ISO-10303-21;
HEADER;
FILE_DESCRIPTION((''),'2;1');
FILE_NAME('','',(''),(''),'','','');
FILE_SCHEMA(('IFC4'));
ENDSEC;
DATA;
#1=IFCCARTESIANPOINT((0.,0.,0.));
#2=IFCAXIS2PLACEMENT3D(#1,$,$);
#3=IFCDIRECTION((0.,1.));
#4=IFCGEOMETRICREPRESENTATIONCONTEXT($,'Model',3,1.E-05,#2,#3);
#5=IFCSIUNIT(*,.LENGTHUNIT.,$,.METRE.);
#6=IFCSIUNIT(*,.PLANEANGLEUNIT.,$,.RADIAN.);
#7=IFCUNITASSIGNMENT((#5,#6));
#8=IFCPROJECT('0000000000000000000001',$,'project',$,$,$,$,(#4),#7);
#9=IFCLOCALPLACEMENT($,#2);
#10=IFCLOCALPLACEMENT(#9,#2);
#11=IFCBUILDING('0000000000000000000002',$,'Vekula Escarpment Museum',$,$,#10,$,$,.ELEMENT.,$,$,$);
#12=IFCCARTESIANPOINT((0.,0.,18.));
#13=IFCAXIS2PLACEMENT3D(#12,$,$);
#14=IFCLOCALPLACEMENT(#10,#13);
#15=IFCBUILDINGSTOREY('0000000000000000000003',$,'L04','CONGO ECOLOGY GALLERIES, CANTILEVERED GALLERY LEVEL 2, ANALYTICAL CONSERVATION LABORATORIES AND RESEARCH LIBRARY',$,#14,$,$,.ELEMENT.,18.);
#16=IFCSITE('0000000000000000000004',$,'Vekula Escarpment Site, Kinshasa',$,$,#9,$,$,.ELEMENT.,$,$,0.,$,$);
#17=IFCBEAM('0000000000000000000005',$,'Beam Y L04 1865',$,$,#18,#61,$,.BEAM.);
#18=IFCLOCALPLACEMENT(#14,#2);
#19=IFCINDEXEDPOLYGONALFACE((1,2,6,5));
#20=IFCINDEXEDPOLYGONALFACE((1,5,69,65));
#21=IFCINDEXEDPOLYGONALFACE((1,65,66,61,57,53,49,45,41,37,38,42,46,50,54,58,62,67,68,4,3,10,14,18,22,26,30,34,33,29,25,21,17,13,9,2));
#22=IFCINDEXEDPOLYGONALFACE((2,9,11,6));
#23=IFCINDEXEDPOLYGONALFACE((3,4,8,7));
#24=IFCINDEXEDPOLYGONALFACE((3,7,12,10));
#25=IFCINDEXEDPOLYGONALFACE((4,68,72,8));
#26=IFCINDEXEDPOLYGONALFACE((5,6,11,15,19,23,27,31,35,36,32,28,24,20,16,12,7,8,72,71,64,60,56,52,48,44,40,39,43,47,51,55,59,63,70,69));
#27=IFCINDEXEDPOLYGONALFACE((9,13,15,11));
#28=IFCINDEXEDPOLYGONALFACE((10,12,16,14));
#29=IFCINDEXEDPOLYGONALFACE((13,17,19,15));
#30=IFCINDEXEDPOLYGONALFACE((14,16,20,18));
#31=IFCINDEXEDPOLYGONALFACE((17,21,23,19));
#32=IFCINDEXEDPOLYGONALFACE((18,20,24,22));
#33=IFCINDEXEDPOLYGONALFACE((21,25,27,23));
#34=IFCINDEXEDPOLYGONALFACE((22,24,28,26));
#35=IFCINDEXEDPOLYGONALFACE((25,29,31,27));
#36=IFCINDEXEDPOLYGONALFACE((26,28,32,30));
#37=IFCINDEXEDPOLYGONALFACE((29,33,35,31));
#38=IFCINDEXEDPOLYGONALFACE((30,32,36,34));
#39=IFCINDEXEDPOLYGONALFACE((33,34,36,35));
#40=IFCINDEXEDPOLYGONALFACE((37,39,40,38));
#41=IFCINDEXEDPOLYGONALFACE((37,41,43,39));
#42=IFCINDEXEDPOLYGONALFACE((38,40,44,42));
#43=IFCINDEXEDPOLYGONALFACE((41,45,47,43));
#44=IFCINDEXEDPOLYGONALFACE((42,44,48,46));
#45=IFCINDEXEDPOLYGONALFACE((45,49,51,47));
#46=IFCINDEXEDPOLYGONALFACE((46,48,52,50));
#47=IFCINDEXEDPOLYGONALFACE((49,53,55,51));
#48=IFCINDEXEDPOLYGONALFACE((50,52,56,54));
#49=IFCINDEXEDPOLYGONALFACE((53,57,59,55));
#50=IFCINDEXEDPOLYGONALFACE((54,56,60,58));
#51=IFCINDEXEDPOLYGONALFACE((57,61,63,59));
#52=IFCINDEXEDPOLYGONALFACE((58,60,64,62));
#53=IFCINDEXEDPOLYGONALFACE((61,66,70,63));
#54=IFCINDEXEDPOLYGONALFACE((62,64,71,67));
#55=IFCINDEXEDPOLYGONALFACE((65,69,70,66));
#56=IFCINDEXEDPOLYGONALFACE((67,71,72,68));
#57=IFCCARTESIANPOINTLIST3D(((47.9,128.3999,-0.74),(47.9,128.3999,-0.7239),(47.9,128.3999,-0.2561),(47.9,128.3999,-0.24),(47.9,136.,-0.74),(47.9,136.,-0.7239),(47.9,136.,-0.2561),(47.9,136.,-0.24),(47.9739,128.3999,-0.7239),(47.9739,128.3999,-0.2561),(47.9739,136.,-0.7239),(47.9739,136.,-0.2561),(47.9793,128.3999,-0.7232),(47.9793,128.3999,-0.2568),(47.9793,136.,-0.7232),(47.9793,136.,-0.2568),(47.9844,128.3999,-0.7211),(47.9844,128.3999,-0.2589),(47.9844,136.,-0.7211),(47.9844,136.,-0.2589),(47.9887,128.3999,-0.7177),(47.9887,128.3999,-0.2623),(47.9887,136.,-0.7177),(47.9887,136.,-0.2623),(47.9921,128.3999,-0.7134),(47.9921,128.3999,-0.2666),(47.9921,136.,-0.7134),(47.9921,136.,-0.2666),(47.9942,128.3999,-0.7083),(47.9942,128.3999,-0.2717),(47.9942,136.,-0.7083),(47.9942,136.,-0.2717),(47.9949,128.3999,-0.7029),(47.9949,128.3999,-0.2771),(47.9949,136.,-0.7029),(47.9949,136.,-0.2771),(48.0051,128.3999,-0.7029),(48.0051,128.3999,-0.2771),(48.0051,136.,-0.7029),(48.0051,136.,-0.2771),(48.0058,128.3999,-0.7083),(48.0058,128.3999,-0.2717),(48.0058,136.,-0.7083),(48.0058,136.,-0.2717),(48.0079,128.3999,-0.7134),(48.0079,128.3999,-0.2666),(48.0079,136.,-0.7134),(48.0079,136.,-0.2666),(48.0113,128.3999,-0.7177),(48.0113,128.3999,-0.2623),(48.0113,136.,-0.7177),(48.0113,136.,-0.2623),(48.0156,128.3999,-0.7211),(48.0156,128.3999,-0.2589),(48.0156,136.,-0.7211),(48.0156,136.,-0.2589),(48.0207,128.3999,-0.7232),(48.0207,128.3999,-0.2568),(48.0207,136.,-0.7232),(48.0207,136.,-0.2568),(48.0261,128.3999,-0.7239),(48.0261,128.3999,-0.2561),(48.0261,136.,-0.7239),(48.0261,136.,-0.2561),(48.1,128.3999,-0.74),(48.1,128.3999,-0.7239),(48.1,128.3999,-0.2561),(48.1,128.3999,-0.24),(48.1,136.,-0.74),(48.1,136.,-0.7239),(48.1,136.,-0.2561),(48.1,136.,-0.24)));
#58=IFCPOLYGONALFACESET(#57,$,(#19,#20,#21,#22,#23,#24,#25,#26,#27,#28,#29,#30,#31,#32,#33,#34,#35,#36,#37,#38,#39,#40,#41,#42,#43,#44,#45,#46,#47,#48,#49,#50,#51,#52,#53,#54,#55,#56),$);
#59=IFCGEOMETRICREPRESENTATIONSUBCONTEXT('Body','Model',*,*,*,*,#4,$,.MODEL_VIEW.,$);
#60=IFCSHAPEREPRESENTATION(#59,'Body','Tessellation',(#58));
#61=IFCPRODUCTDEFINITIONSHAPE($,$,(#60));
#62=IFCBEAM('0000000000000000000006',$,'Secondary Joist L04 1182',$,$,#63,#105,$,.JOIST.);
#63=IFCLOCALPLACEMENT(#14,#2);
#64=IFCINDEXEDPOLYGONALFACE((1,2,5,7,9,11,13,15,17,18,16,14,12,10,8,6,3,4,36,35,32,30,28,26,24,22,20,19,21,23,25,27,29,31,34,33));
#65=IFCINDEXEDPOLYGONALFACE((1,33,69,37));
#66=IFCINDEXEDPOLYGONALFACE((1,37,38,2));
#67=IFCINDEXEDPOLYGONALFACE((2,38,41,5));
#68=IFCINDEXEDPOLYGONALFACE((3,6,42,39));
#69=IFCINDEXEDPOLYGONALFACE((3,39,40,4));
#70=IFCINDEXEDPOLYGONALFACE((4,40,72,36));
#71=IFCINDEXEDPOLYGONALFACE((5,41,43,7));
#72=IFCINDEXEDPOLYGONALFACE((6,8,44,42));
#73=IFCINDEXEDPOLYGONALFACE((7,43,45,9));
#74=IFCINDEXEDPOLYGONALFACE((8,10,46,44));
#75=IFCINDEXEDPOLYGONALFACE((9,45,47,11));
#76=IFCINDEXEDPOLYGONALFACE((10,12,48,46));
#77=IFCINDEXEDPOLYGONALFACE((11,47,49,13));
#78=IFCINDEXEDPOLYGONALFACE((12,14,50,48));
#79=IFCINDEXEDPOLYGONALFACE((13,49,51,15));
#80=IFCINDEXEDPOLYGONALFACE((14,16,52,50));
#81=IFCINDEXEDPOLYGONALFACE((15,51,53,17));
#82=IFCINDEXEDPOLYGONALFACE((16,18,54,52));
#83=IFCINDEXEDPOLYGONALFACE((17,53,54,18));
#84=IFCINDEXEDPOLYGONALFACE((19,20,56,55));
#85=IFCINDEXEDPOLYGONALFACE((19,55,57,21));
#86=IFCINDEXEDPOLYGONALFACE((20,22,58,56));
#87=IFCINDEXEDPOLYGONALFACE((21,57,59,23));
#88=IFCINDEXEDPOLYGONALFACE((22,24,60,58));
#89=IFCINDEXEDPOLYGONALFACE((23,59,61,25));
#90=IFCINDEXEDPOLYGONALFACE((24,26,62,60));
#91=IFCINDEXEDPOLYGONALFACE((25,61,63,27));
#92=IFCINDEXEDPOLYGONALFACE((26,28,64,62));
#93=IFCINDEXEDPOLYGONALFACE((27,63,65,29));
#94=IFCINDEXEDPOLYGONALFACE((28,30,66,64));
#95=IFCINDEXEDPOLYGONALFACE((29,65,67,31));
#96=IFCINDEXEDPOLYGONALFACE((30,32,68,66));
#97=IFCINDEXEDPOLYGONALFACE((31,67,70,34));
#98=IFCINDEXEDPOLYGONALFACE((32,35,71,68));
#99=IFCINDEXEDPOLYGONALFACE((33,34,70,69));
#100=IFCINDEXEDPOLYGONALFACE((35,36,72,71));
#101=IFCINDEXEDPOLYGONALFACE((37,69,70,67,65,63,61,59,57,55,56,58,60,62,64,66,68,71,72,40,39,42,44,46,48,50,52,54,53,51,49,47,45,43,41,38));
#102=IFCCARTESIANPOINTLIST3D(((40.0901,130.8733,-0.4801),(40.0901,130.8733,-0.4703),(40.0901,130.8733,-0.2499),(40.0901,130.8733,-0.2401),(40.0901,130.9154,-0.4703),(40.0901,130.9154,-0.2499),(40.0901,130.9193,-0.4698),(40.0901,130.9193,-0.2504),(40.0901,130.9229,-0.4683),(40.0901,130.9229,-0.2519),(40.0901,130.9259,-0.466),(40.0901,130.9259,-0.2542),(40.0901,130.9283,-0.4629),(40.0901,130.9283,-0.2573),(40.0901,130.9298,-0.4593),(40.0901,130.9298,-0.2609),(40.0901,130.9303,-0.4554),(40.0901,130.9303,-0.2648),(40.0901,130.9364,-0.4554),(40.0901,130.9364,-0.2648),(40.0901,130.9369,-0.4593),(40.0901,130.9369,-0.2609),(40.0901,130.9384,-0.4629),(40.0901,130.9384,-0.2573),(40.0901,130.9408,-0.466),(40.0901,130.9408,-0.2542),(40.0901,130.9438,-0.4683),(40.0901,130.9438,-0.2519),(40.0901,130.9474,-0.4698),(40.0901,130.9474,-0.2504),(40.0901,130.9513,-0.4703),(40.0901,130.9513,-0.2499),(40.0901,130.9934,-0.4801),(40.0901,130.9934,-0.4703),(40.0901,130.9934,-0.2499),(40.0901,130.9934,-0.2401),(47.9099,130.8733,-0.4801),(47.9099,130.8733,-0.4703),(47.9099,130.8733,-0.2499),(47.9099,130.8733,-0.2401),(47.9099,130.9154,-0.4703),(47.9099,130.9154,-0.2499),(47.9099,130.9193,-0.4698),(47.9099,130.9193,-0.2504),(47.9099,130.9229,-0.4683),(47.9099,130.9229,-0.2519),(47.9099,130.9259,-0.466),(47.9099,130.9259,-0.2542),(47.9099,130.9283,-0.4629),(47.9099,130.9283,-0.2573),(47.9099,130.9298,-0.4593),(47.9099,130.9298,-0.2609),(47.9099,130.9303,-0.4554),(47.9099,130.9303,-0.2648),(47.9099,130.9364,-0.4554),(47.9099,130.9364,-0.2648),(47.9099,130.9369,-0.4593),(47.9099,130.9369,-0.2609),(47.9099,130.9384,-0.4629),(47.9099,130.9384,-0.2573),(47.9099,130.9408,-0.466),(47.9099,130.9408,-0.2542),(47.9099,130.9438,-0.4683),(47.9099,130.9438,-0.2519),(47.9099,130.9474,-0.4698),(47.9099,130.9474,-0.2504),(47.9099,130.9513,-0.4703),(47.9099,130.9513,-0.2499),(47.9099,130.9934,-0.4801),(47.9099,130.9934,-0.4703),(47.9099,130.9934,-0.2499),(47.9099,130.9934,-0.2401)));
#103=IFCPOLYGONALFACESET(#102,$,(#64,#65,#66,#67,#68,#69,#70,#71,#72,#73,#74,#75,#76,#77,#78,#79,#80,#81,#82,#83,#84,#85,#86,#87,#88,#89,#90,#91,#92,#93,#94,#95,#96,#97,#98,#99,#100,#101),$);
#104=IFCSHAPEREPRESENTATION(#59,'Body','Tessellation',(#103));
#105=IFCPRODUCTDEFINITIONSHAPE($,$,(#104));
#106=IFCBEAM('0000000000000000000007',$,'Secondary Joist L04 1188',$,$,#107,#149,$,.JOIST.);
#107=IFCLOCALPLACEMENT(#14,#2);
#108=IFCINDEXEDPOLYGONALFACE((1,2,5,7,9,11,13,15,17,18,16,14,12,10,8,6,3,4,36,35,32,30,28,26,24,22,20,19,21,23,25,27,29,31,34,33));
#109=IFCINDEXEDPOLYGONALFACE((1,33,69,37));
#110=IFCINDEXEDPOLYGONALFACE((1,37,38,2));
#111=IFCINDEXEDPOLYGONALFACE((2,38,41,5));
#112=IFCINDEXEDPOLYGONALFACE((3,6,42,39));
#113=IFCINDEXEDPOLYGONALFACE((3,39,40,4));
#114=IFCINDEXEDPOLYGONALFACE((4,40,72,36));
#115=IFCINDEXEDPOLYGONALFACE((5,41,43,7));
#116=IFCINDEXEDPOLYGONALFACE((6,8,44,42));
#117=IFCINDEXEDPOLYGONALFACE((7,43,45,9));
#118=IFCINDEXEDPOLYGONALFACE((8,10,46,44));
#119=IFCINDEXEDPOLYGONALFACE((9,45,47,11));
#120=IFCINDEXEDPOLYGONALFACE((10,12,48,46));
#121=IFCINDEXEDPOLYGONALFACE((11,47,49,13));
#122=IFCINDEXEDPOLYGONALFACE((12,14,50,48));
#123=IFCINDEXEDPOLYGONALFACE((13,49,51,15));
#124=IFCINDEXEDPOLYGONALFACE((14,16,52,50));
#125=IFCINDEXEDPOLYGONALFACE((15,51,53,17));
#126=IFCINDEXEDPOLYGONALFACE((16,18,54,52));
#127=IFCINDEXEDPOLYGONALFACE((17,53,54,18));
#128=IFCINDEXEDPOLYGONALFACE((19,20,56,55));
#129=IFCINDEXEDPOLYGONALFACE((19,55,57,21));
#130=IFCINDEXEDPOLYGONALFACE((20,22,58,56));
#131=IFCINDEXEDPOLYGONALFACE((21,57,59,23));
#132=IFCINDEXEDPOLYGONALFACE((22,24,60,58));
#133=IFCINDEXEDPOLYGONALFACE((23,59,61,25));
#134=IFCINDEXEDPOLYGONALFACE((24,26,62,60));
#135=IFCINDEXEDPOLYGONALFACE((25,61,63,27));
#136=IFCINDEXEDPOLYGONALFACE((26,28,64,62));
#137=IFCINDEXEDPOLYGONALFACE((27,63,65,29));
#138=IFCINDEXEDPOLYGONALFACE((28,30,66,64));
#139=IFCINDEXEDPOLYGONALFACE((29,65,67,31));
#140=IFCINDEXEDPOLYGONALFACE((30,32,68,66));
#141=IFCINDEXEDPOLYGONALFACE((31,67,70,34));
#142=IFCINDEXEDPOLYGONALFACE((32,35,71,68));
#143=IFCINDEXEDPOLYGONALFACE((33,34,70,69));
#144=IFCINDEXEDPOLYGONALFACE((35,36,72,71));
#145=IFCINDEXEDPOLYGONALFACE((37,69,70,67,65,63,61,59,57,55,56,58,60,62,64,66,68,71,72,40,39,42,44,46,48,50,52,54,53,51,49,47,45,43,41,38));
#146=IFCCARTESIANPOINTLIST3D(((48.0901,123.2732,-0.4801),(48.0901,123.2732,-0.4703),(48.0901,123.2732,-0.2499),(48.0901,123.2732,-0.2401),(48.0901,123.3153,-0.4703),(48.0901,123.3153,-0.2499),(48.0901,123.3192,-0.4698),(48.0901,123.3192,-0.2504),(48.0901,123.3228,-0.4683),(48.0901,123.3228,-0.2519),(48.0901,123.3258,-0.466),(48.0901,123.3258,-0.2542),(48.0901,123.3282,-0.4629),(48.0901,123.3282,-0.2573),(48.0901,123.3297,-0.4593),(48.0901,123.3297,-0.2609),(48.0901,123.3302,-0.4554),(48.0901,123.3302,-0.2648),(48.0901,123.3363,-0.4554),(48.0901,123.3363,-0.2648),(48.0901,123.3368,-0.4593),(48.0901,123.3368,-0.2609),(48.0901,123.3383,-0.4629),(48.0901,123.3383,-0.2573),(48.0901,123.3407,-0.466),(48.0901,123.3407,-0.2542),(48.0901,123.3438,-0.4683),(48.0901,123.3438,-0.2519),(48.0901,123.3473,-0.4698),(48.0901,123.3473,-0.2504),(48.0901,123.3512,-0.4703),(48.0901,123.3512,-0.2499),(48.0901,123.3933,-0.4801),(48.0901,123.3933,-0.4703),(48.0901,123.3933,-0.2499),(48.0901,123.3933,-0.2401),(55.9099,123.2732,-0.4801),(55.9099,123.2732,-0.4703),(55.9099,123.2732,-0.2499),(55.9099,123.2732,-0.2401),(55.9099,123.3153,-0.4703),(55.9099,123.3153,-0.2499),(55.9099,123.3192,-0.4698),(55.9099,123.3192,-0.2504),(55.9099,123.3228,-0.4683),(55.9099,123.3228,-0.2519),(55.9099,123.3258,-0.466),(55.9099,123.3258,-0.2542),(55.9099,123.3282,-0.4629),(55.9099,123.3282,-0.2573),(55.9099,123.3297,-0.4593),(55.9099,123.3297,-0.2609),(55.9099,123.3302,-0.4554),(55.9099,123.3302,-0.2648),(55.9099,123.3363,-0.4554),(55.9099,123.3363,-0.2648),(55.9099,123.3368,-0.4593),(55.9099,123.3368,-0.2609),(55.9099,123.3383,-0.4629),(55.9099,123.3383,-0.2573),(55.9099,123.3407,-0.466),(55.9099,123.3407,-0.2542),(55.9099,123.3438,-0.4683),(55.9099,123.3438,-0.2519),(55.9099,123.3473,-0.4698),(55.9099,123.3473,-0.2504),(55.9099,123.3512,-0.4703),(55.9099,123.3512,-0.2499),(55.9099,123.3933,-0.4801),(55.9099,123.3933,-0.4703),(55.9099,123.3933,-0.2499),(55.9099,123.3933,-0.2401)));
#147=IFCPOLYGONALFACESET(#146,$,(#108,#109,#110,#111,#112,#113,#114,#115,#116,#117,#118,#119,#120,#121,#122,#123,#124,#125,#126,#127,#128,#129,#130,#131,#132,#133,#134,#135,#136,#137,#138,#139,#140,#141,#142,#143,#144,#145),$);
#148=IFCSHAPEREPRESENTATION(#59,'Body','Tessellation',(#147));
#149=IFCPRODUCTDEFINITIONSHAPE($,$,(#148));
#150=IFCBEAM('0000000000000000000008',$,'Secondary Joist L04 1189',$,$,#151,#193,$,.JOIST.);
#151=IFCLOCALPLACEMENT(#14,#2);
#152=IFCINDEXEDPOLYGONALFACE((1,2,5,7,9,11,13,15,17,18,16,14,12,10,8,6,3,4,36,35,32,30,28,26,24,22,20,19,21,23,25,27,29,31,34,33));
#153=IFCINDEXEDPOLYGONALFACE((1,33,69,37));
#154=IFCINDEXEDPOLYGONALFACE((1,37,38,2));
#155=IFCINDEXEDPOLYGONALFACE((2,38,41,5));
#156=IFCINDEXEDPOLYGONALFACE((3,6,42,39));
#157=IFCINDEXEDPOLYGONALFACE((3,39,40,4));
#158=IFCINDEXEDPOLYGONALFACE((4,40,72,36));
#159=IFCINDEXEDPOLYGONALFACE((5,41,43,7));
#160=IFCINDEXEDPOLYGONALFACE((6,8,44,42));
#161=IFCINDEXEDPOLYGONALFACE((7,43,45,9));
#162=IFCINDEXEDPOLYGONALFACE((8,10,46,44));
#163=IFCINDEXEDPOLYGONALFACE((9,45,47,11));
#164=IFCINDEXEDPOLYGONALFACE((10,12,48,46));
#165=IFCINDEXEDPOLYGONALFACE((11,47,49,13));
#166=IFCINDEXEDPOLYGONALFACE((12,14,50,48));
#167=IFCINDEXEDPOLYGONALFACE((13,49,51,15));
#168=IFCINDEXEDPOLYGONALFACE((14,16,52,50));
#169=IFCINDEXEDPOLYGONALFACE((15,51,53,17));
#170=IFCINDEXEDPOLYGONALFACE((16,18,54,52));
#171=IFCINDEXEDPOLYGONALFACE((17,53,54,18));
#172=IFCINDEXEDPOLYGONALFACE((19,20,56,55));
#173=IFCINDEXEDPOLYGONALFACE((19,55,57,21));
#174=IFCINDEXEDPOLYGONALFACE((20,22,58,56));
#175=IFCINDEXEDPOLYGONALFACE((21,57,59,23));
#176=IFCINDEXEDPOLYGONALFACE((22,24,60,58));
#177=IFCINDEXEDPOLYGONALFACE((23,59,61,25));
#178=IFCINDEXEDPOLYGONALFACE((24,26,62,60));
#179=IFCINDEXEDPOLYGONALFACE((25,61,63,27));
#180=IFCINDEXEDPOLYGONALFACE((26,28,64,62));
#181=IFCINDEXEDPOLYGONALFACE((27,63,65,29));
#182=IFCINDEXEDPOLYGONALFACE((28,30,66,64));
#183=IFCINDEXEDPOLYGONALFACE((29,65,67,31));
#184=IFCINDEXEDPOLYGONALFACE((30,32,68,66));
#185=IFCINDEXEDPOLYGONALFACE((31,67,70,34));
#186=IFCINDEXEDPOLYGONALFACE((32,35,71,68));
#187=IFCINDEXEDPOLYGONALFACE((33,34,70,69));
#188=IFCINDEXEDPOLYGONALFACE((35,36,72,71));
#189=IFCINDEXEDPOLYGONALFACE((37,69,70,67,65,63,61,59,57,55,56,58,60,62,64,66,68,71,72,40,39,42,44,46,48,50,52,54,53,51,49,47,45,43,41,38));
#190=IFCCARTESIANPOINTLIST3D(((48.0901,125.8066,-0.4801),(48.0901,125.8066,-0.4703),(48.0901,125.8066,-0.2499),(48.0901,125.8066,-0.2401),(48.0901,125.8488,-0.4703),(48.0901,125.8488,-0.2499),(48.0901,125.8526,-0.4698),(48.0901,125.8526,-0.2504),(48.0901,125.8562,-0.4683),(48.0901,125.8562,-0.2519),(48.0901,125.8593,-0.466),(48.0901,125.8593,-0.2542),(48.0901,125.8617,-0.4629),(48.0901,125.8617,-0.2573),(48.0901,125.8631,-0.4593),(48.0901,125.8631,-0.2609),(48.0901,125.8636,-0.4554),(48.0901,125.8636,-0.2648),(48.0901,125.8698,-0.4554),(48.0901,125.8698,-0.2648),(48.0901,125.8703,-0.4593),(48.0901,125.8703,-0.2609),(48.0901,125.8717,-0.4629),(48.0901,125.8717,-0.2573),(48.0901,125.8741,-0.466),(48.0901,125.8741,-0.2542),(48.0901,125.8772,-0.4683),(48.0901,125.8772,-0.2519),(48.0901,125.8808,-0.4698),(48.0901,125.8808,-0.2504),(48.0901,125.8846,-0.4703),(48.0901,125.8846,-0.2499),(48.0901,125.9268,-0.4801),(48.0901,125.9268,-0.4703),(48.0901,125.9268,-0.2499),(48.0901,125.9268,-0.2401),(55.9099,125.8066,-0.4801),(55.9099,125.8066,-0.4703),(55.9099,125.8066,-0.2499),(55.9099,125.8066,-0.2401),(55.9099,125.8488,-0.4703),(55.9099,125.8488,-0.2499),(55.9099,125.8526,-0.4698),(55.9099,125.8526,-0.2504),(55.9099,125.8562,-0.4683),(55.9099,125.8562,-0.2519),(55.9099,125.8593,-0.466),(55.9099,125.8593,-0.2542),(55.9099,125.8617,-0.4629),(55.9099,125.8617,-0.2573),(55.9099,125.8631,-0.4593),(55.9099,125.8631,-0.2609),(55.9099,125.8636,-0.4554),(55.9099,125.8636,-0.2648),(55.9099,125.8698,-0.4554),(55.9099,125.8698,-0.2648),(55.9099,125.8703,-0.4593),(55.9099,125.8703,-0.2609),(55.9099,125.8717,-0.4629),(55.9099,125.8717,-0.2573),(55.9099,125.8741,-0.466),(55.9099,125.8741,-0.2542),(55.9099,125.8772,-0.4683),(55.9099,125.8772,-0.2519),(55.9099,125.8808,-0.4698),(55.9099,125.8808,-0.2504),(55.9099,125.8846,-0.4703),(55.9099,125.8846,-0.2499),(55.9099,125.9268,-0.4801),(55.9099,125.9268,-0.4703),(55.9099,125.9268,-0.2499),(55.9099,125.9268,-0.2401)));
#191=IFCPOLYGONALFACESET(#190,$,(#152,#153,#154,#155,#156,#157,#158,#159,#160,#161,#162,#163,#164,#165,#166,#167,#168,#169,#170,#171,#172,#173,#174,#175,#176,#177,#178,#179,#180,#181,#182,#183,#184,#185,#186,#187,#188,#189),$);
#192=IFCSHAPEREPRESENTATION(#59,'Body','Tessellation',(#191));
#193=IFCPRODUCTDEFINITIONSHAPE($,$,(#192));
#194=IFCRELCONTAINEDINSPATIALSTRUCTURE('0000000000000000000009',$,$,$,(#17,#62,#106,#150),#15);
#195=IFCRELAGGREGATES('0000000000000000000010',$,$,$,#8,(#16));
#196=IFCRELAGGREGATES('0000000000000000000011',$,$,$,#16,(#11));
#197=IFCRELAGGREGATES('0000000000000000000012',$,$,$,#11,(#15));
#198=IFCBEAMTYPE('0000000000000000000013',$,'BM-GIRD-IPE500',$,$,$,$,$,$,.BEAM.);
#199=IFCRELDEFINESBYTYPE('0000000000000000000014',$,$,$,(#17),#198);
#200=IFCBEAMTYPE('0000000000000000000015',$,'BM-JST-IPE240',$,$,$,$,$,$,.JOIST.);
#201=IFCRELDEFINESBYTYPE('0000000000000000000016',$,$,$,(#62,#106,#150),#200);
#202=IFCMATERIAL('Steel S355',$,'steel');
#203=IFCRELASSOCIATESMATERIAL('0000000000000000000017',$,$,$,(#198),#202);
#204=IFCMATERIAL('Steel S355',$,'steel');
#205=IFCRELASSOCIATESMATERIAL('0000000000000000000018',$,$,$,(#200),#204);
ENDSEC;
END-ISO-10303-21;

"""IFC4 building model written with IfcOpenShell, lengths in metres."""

from ifc_helpers import new_model, si_unit, direction, frame, origin, origin_2d, place, context, subcontext, project, spatial, i_section, extrude, material, material_profile, profile_set, type_object, element, save


model = new_model("IFC4")

# Units and contexts
model_context = context("Model", 3, precision=1e-05, world=origin(), true_north=direction((0.0, 1.0)))
body_context = subcontext(model_context, "Body", "Model", "MODEL_VIEW")
ifc_project = project(units=[si_unit("LENGTHUNIT", "METRE"), si_unit("PLANEANGLEUNIT", "RADIAN")], contexts=[model_context])

# Site, building, storey
site_placement = place(None, origin())
site = spatial("IfcSite", under=ifc_project, at=site_placement, Name="Vekula Escarpment Site, Kinshasa", CompositionType="ELEMENT", RefElevation=0.0)
building_placement = place(site_placement, origin())
building = spatial("IfcBuilding", under=site, at=building_placement, Name="Vekula Escarpment Museum", CompositionType="ELEMENT")
storey_placement = place(building_placement, frame((0.0, 0.0, 18.0)))
storey = spatial("IfcBuildingStorey", under=building, at=storey_placement, Name="L04", Description="CONGO ECOLOGY GALLERIES, CANTILEVERED GALLERY LEVEL 2, ANALYTICAL CONSERVATION LABORATORIES AND RESEARCH LIBRARY", CompositionType="ELEMENT", Elevation=18.0)

# Beams
ifc_material_1 = material(Name="Steel S355", Category="steel")
ifc_material_profile_1 = material_profile(ifc_material_1, i_section(OverallWidth=0.2, OverallDepth=0.5, WebThickness=0.0103, FlangeThickness=0.0161, FilletRadius=0.021, at=origin_2d()), Name="IPE 500")
ifc_profile_set_1 = profile_set([ifc_material_profile_1], Name="Steel S355")
beam_type_1 = type_object("IfcBeamType", Name="BM-GIRD-IPE500", PredefinedType="BEAM", material=ifc_profile_set_1)
beam_1_placement = place(storey_placement, frame((48.0, 128.3999, -0.49), z_axis=(0.0, 1.0, 0.0), x_axis=(-1.0, 0.0, 0.0)))
element("IfcBeam", 1, at=beam_1_placement, inside=storey, type_object=beam_type_1, Name="Beam Y L04 1865", PredefinedType="BEAM", context=body_context, shape_type="SweptSolid", body=[
    extrude(i_section(OverallWidth=0.2, OverallDepth=0.5, WebThickness=0.0103, FlangeThickness=0.0161, FilletRadius=0.021, at=origin_2d()), origin(), (0.0, 0.0, 1.0), 7.6001),
])
ifc_material_2 = material(Name="Steel S355", Category="steel")
ifc_material_profile_2 = material_profile(ifc_material_2, i_section(OverallWidth=0.1201, OverallDepth=0.24, WebThickness=0.0061, FlangeThickness=0.0098, FilletRadius=0.0149, at=origin_2d()), Name="IPE 240")
ifc_profile_set_2 = profile_set([ifc_material_profile_2], Name="Steel S355")
beam_type_2 = type_object("IfcBeamType", Name="BM-JST-IPE240", PredefinedType="JOIST", material=ifc_profile_set_2)
for number, where, z_axis, x_axis, name in (
    (2, (40.0901, 130.9333, -0.3601), (1.0, 0.0, 0.0), (0.0, 1.0, 0.0), "Secondary Joist L04 1182"),
    (3, (48.0901, 123.3333, -0.3601), (1.0, 0.0, 0.0), (0.0, 1.0, 0.0), "Secondary Joist L04 1188"),
    (4, (48.0901, 125.8667, -0.3601), (1.0, 0.0, 0.0), (0.0, 1.0, 0.0), "Secondary Joist L04 1189"),
):
    element("IfcBeam", number, at=place(storey_placement, frame(where, z_axis=z_axis, x_axis=x_axis)), inside=storey, type_object=beam_type_2, Name=name, PredefinedType="JOIST", context=body_context, shape_type="SweptSolid", body=[
        extrude(i_section(OverallWidth=0.1201, OverallDepth=0.24, WebThickness=0.0061, FlangeThickness=0.0098, FilletRadius=0.0149, at=origin_2d()), origin(), (0.0, 0.0, 1.0), 7.8198),
    ])

save(model, "model.ifc")
